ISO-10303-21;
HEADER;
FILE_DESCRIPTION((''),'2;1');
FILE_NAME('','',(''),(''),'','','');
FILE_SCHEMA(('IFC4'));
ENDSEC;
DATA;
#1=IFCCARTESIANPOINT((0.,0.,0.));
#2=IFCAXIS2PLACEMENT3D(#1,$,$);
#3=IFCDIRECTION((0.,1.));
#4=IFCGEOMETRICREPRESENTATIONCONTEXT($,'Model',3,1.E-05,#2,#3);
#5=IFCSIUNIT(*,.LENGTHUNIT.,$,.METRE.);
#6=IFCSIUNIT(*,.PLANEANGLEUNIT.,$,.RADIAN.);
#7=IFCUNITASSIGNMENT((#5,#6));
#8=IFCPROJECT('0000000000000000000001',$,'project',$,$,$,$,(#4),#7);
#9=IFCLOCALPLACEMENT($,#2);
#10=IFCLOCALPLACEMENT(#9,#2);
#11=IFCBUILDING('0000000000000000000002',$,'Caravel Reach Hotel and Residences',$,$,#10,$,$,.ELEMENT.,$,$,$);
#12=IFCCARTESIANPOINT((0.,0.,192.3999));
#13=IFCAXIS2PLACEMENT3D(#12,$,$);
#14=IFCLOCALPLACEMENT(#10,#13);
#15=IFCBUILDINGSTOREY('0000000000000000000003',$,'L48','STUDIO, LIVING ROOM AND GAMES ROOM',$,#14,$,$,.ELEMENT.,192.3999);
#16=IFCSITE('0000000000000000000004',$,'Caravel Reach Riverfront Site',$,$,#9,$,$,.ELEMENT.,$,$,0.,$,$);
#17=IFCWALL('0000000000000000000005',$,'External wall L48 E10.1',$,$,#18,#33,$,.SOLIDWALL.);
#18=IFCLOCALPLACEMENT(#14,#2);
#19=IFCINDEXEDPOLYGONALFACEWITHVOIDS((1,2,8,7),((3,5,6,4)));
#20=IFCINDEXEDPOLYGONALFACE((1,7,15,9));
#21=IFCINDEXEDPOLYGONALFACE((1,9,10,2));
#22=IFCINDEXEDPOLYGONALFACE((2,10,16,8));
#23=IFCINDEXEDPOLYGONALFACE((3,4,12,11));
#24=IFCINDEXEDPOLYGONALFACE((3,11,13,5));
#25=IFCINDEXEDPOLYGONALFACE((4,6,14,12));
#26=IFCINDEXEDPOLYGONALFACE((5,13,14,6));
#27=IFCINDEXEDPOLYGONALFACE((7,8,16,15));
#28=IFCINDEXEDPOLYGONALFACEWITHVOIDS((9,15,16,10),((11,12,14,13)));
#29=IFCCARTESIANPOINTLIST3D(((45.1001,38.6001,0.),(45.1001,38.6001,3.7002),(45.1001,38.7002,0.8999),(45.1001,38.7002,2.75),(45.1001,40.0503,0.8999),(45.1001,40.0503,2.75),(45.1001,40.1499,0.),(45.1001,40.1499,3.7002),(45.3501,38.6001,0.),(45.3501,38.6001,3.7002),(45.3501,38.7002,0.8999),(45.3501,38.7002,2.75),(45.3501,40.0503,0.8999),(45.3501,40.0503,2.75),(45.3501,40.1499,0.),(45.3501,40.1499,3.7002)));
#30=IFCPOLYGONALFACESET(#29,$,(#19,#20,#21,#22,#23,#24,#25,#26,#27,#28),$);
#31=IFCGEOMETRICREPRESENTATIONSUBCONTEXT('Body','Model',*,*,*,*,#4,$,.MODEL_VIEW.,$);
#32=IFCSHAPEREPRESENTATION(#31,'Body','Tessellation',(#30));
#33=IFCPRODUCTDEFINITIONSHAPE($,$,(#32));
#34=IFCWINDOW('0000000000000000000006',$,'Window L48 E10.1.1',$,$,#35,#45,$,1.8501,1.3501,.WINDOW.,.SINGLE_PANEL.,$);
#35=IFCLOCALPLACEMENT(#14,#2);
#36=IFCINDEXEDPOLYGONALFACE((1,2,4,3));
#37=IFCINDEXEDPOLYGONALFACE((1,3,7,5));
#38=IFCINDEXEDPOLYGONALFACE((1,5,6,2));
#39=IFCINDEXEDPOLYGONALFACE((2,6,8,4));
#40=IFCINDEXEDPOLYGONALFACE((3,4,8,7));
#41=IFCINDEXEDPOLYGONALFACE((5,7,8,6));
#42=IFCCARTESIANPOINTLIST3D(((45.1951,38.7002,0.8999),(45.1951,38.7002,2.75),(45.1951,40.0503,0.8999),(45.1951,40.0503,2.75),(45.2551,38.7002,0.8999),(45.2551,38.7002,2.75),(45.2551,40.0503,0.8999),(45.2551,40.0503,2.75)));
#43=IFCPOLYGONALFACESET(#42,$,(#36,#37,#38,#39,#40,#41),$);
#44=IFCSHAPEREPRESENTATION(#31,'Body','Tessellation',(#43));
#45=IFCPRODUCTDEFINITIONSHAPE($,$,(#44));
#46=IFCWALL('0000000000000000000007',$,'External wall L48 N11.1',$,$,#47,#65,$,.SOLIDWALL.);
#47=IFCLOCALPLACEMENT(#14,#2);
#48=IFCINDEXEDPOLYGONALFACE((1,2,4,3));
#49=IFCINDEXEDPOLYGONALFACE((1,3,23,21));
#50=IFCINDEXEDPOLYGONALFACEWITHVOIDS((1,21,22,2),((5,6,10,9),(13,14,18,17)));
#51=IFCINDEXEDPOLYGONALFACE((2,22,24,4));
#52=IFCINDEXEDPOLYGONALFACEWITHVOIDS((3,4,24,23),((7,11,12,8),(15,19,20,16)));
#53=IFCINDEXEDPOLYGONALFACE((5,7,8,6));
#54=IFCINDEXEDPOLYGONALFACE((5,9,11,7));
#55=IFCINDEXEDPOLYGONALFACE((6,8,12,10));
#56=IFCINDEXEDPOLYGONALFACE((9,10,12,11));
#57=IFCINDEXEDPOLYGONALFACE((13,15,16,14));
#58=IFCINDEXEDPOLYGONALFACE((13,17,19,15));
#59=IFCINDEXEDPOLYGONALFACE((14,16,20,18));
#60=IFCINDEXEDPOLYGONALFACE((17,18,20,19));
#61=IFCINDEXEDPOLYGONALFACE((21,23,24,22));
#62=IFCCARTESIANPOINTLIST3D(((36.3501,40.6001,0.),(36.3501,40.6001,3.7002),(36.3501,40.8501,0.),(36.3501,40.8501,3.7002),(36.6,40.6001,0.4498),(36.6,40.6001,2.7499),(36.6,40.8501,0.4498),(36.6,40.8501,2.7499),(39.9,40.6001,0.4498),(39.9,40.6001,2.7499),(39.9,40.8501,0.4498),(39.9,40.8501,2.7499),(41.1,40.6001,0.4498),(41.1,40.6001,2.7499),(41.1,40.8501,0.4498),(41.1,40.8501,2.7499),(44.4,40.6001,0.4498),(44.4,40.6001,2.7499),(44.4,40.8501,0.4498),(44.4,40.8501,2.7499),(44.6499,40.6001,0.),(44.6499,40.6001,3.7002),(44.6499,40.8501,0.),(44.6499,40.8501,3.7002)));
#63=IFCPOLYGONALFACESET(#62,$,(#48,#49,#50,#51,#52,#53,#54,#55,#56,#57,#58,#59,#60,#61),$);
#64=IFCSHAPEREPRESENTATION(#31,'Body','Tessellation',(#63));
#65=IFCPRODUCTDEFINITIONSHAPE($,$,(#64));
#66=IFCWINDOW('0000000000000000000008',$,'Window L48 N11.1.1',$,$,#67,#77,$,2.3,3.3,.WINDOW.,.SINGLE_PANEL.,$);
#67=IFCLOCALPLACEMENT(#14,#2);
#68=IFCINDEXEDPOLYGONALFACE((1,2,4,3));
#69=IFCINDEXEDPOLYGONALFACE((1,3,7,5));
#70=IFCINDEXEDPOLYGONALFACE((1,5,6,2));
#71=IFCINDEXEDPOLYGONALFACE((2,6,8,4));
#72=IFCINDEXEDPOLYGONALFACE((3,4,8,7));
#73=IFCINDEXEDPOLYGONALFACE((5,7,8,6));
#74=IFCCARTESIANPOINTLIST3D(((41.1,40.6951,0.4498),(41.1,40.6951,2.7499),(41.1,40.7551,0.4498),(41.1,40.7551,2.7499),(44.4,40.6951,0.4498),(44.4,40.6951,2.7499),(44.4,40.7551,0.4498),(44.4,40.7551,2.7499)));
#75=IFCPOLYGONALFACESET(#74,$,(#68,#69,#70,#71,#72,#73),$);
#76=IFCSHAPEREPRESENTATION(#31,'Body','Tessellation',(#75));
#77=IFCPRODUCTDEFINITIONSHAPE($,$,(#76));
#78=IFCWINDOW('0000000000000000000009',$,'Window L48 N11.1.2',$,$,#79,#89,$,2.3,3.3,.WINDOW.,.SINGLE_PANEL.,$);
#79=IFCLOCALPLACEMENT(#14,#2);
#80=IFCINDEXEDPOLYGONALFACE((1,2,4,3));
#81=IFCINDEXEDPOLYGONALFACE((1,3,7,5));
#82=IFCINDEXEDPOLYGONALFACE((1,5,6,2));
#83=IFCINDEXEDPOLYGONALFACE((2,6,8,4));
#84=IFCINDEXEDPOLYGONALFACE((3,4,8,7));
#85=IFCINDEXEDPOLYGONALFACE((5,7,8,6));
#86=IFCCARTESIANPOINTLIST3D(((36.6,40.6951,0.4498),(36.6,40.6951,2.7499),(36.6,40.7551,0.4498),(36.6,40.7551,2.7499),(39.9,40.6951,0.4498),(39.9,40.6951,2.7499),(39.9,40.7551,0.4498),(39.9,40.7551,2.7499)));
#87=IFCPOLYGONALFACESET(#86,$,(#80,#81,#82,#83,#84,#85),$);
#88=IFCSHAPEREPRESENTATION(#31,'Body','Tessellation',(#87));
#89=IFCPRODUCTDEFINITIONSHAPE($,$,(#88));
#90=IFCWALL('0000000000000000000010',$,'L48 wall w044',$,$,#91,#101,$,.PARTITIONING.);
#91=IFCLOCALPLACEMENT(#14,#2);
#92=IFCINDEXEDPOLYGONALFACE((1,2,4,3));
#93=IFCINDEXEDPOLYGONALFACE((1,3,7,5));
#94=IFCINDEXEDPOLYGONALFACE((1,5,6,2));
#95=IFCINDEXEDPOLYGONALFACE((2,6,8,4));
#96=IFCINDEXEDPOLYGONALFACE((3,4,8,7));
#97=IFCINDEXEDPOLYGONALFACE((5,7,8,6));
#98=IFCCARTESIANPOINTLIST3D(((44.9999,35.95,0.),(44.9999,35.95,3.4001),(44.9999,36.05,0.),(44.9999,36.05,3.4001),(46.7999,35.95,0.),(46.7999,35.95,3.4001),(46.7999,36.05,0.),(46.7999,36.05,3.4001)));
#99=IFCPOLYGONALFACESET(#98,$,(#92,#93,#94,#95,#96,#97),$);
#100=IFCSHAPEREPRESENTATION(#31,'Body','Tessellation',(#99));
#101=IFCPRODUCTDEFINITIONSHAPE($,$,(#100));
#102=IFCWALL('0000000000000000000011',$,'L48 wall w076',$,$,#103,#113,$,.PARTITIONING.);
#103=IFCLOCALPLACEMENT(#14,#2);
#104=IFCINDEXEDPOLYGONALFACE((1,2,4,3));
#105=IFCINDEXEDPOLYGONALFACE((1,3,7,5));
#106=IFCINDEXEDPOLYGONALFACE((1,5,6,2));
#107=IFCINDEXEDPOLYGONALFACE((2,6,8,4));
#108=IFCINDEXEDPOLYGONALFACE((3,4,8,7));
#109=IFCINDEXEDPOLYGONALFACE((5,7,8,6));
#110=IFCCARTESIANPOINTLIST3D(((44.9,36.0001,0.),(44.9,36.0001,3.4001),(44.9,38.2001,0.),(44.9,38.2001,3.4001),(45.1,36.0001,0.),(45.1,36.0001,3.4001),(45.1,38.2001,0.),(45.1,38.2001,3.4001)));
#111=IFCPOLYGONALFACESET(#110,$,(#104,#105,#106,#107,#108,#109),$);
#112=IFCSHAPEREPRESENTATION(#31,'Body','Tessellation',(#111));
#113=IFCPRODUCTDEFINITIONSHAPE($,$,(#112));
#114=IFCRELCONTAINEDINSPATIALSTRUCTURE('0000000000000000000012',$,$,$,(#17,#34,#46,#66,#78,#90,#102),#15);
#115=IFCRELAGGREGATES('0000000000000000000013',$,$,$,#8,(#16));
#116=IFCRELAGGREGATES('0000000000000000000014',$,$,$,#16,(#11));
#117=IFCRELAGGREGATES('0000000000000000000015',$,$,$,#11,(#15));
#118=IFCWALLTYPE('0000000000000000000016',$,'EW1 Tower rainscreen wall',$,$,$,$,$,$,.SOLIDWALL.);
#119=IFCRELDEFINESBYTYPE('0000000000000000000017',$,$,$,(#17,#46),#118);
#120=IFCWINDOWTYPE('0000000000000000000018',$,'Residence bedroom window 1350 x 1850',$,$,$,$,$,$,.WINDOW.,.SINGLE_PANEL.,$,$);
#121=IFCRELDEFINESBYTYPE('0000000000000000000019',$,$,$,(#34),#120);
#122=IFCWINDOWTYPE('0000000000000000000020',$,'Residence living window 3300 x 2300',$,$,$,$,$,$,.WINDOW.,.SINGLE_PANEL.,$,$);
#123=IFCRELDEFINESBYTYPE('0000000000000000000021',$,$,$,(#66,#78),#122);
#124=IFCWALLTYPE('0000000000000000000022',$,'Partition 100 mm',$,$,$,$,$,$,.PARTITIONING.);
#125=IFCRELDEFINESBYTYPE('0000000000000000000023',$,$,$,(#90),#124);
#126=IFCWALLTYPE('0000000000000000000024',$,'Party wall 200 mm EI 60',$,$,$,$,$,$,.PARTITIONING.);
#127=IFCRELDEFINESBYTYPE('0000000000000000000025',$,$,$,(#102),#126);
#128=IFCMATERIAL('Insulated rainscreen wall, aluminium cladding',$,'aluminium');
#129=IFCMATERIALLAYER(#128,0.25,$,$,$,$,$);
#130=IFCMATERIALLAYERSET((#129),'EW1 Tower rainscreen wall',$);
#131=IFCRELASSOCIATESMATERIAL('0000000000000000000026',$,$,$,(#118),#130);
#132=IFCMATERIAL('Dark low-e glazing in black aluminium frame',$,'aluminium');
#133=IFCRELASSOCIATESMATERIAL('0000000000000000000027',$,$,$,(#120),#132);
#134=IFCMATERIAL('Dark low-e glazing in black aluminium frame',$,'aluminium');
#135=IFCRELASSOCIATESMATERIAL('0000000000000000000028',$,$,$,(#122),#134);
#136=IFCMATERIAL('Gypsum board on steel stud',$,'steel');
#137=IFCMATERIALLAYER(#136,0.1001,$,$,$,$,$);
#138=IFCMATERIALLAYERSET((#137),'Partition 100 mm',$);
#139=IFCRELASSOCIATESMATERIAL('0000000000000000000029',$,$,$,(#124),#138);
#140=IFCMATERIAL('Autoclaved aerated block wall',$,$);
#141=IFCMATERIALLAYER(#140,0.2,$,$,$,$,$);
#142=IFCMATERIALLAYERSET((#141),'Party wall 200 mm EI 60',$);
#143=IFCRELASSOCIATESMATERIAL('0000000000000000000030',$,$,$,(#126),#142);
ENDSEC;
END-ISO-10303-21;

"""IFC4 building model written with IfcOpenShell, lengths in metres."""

from ifc_helpers import new_model, si_unit, direction, frame, frame_2d, origin, place, context, subcontext, project, spatial, rectangle, extrude, material, layer, layer_set, type_object, element, fill, save


model = new_model("IFC4")

# Units and contexts
model_context = context("Model", 3, precision=1e-05, world=origin(), true_north=direction((0.0, 1.0)))
body_context = subcontext(model_context, "Body", "Model", "MODEL_VIEW")
ifc_project = project(units=[si_unit("LENGTHUNIT", "METRE"), si_unit("PLANEANGLEUNIT", "RADIAN")], contexts=[model_context])

# Site, building, storey
site_placement = place(None, origin())
site = spatial("IfcSite", under=ifc_project, at=site_placement, Name="Caravel Reach Riverfront Site", CompositionType="ELEMENT", RefElevation=0.0)
building_placement = place(site_placement, origin())
building = spatial("IfcBuilding", under=site, at=building_placement, Name="Caravel Reach Hotel and Residences", CompositionType="ELEMENT")
storey_placement = place(building_placement, frame((0.0, 0.0, 192.3999)))
storey = spatial("IfcBuildingStorey", under=building, at=storey_placement, Name="L48", Description="STUDIO, LIVING ROOM AND GAMES ROOM", CompositionType="ELEMENT", Elevation=192.3999)

# Wall, opening, window
ifc_material_1 = material(Name="Insulated rainscreen wall, aluminium cladding", Category="aluminium")
ifc_layer_1 = layer(ifc_material_1, 0.25)
ifc_layer_set_1 = layer_set([ifc_layer_1], Name="EW1 Tower rainscreen wall")
wall_type_1 = type_object("IfcWallType", Name="EW1 Tower rainscreen wall", PredefinedType="SOLIDWALL", material=ifc_layer_set_1)
ifc_material_2 = material(Name="Dark low-e glazing in black aluminium frame", Category="aluminium")
window_type_1 = type_object("IfcWindowType", Name="Residence bedroom window 1350 x 1850", PartitioningType="SINGLE_PANEL", PredefinedType="WINDOW", material=ifc_material_2)
wall_1_placement = place(storey_placement, frame((45.2251, 38.6001, 0.0), z_axis=(0.0, 0.0, 1.0), x_axis=(0.0, 1.0, 0.0)))
wall_1 = element("IfcWall", 1, at=wall_1_placement, inside=storey, type_object=wall_type_1, Name="External wall L48 E10.1", PredefinedType="SOLIDWALL", context=body_context, shape_type="SweptSolid", body=[
    extrude(rectangle(XDim=1.5498, YDim=0.25, at=frame_2d((0.7749, 0.0))), origin(), (0.0, 0.0, 1.0), 3.7002),
])
opening_1_placement = place(wall_1_placement, frame((0.1001, 0.0, 0.8999)))
opening_1 = element("IfcOpeningElement", 2, at=opening_1_placement, cuts=wall_1, PredefinedType="OPENING", context=body_context, shape_type="SweptSolid", body=[
    extrude(rectangle(XDim=1.3501, YDim=1.8501, at=frame_2d((0.675, 0.925))), frame((0.0, 0.135, 0.0), z_axis=(0.0, -1.0, 0.0), x_axis=(1.0, 0.0, 0.0)), (0.0, 0.0, 1.0), 0.27),
])
window_1_placement = place(opening_1_placement, origin())
window_1 = element("IfcWindow", 3, at=window_1_placement, inside=storey, type_object=window_type_1, Name="Window L48 E10.1.1", OverallHeight=1.8501, OverallWidth=1.3501, PartitioningType="SINGLE_PANEL", PredefinedType="WINDOW", context=body_context, shape_type="SweptSolid", body=[
    extrude(rectangle(XDim=1.3501, YDim=1.8501, at=frame_2d((0.675, 0.925))), frame((0.0, 0.03, 0.0), z_axis=(0.0, -1.0, 0.0), x_axis=(1.0, 0.0, 0.0)), (0.0, 0.0, 1.0), 0.0601),
])
fill(opening_1, window_1)

# Wall, openings, windows
wall_2_placement = place(storey_placement, frame((44.6499, 40.7251, 0.0), z_axis=(0.0, 0.0, 1.0), x_axis=(-1.0, 0.0, 0.0)))
wall_2 = element("IfcWall", 4, at=wall_2_placement, inside=storey, type_object=wall_type_1, Name="External wall L48 N11.1", PredefinedType="SOLIDWALL", context=body_context, shape_type="SweptSolid", body=[
    extrude(rectangle(XDim=8.2998, YDim=0.25, at=frame_2d((4.1499, 0.0))), origin(), (0.0, 0.0, 1.0), 3.7002),
])
opening_2_placement = place(wall_2_placement, frame((0.25, 0.0, 0.45)))
opening_2 = element("IfcOpeningElement", 5, at=opening_2_placement, cuts=wall_2, PredefinedType="OPENING", context=body_context, shape_type="SweptSolid", body=[
    extrude(rectangle(XDim=3.3, YDim=2.3, at=frame_2d((1.6499, 1.1499))), frame((0.0, 0.135, 0.0), z_axis=(0.0, -1.0, 0.0), x_axis=(1.0, 0.0, 0.0)), (0.0, 0.0, 1.0), 0.27),
])
opening_3_placement = place(wall_2_placement, frame((4.75, 0.0, 0.45)))
opening_3 = element("IfcOpeningElement", 6, at=opening_3_placement, cuts=wall_2, PredefinedType="OPENING", context=body_context, shape_type="SweptSolid", body=[
    extrude(rectangle(XDim=3.3, YDim=2.3, at=frame_2d((1.6499, 1.1499))), frame((0.0, 0.135, 0.0), z_axis=(0.0, -1.0, 0.0), x_axis=(1.0, 0.0, 0.0)), (0.0, 0.0, 1.0), 0.27),
])
ifc_material_3 = material(Name="Dark low-e glazing in black aluminium frame", Category="aluminium")
window_type_2 = type_object("IfcWindowType", Name="Residence living window 3300 x 2300", PartitioningType="SINGLE_PANEL", PredefinedType="WINDOW", material=ifc_material_3)
window_2_placement = place(opening_2_placement, origin())
window_2 = element("IfcWindow", 7, at=window_2_placement, inside=storey, type_object=window_type_2, Name="Window L48 N11.1.1", OverallHeight=2.3, OverallWidth=3.3, PartitioningType="SINGLE_PANEL", PredefinedType="WINDOW", context=body_context, shape_type="SweptSolid", body=[
    extrude(rectangle(XDim=3.3, YDim=2.3, at=frame_2d((1.6499, 1.1499))), frame((0.0, 0.03, 0.0), z_axis=(0.0, -1.0, 0.0), x_axis=(1.0, 0.0, 0.0)), (0.0, 0.0, 1.0), 0.0601),
])
fill(opening_2, window_2)
window_3_placement = place(opening_3_placement, origin())
window_3 = element("IfcWindow", 8, at=window_3_placement, inside=storey, type_object=window_type_2, Name="Window L48 N11.1.2", OverallHeight=2.3, OverallWidth=3.3, PartitioningType="SINGLE_PANEL", PredefinedType="WINDOW", context=body_context, shape_type="SweptSolid", body=[
    extrude(rectangle(XDim=3.3, YDim=2.3, at=frame_2d((1.6499, 1.1499))), frame((0.0, 0.03, 0.0), z_axis=(0.0, -1.0, 0.0), x_axis=(1.0, 0.0, 0.0)), (0.0, 0.0, 1.0), 0.0601),
])
fill(opening_3, window_3)

# Walls
ifc_material_4 = material(Name="Gypsum board on steel stud", Category="steel")
ifc_layer_2 = layer(ifc_material_4, 0.1001)
ifc_layer_set_2 = layer_set([ifc_layer_2], Name="Partition 100 mm")
wall_type_2 = type_object("IfcWallType", Name="Partition 100 mm", PredefinedType="PARTITIONING", material=ifc_layer_set_2)
wall_3_placement = place(storey_placement, frame((45.0, 36.0, 0.0), z_axis=(0.0, 0.0, 1.0), x_axis=(1.0, 0.0, 0.0)))
element("IfcWall", 9, at=wall_3_placement, inside=storey, type_object=wall_type_2, Name="L48 wall w044", PredefinedType="PARTITIONING", context=body_context, shape_type="SweptSolid", body=[
    extrude(rectangle(XDim=1.8, YDim=0.1001, at=frame_2d((0.8999, 0.0))), origin(), (0.0, 0.0, 1.0), 3.4001),
])
ifc_material_5 = material(Name="Autoclaved aerated block wall")
ifc_layer_3 = layer(ifc_material_5, 0.2)
ifc_layer_set_3 = layer_set([ifc_layer_3], Name="Party wall 200 mm EI 60")
wall_type_3 = type_object("IfcWallType", Name="Party wall 200 mm EI 60", PredefinedType="PARTITIONING", material=ifc_layer_set_3)
wall_4_placement = place(storey_placement, frame((45.0, 36.0, 0.0), z_axis=(0.0, 0.0, 1.0), x_axis=(0.0, 1.0, 0.0)))
element("IfcWall", 10, at=wall_4_placement, inside=storey, type_object=wall_type_3, Name="L48 wall w076", PredefinedType="PARTITIONING", context=body_context, shape_type="SweptSolid", body=[
    extrude(rectangle(XDim=2.2, YDim=0.2, at=frame_2d((1.1001, 0.0))), origin(), (0.0, 0.0, 1.0), 3.4001),
])

save(model, "model.ifc")
